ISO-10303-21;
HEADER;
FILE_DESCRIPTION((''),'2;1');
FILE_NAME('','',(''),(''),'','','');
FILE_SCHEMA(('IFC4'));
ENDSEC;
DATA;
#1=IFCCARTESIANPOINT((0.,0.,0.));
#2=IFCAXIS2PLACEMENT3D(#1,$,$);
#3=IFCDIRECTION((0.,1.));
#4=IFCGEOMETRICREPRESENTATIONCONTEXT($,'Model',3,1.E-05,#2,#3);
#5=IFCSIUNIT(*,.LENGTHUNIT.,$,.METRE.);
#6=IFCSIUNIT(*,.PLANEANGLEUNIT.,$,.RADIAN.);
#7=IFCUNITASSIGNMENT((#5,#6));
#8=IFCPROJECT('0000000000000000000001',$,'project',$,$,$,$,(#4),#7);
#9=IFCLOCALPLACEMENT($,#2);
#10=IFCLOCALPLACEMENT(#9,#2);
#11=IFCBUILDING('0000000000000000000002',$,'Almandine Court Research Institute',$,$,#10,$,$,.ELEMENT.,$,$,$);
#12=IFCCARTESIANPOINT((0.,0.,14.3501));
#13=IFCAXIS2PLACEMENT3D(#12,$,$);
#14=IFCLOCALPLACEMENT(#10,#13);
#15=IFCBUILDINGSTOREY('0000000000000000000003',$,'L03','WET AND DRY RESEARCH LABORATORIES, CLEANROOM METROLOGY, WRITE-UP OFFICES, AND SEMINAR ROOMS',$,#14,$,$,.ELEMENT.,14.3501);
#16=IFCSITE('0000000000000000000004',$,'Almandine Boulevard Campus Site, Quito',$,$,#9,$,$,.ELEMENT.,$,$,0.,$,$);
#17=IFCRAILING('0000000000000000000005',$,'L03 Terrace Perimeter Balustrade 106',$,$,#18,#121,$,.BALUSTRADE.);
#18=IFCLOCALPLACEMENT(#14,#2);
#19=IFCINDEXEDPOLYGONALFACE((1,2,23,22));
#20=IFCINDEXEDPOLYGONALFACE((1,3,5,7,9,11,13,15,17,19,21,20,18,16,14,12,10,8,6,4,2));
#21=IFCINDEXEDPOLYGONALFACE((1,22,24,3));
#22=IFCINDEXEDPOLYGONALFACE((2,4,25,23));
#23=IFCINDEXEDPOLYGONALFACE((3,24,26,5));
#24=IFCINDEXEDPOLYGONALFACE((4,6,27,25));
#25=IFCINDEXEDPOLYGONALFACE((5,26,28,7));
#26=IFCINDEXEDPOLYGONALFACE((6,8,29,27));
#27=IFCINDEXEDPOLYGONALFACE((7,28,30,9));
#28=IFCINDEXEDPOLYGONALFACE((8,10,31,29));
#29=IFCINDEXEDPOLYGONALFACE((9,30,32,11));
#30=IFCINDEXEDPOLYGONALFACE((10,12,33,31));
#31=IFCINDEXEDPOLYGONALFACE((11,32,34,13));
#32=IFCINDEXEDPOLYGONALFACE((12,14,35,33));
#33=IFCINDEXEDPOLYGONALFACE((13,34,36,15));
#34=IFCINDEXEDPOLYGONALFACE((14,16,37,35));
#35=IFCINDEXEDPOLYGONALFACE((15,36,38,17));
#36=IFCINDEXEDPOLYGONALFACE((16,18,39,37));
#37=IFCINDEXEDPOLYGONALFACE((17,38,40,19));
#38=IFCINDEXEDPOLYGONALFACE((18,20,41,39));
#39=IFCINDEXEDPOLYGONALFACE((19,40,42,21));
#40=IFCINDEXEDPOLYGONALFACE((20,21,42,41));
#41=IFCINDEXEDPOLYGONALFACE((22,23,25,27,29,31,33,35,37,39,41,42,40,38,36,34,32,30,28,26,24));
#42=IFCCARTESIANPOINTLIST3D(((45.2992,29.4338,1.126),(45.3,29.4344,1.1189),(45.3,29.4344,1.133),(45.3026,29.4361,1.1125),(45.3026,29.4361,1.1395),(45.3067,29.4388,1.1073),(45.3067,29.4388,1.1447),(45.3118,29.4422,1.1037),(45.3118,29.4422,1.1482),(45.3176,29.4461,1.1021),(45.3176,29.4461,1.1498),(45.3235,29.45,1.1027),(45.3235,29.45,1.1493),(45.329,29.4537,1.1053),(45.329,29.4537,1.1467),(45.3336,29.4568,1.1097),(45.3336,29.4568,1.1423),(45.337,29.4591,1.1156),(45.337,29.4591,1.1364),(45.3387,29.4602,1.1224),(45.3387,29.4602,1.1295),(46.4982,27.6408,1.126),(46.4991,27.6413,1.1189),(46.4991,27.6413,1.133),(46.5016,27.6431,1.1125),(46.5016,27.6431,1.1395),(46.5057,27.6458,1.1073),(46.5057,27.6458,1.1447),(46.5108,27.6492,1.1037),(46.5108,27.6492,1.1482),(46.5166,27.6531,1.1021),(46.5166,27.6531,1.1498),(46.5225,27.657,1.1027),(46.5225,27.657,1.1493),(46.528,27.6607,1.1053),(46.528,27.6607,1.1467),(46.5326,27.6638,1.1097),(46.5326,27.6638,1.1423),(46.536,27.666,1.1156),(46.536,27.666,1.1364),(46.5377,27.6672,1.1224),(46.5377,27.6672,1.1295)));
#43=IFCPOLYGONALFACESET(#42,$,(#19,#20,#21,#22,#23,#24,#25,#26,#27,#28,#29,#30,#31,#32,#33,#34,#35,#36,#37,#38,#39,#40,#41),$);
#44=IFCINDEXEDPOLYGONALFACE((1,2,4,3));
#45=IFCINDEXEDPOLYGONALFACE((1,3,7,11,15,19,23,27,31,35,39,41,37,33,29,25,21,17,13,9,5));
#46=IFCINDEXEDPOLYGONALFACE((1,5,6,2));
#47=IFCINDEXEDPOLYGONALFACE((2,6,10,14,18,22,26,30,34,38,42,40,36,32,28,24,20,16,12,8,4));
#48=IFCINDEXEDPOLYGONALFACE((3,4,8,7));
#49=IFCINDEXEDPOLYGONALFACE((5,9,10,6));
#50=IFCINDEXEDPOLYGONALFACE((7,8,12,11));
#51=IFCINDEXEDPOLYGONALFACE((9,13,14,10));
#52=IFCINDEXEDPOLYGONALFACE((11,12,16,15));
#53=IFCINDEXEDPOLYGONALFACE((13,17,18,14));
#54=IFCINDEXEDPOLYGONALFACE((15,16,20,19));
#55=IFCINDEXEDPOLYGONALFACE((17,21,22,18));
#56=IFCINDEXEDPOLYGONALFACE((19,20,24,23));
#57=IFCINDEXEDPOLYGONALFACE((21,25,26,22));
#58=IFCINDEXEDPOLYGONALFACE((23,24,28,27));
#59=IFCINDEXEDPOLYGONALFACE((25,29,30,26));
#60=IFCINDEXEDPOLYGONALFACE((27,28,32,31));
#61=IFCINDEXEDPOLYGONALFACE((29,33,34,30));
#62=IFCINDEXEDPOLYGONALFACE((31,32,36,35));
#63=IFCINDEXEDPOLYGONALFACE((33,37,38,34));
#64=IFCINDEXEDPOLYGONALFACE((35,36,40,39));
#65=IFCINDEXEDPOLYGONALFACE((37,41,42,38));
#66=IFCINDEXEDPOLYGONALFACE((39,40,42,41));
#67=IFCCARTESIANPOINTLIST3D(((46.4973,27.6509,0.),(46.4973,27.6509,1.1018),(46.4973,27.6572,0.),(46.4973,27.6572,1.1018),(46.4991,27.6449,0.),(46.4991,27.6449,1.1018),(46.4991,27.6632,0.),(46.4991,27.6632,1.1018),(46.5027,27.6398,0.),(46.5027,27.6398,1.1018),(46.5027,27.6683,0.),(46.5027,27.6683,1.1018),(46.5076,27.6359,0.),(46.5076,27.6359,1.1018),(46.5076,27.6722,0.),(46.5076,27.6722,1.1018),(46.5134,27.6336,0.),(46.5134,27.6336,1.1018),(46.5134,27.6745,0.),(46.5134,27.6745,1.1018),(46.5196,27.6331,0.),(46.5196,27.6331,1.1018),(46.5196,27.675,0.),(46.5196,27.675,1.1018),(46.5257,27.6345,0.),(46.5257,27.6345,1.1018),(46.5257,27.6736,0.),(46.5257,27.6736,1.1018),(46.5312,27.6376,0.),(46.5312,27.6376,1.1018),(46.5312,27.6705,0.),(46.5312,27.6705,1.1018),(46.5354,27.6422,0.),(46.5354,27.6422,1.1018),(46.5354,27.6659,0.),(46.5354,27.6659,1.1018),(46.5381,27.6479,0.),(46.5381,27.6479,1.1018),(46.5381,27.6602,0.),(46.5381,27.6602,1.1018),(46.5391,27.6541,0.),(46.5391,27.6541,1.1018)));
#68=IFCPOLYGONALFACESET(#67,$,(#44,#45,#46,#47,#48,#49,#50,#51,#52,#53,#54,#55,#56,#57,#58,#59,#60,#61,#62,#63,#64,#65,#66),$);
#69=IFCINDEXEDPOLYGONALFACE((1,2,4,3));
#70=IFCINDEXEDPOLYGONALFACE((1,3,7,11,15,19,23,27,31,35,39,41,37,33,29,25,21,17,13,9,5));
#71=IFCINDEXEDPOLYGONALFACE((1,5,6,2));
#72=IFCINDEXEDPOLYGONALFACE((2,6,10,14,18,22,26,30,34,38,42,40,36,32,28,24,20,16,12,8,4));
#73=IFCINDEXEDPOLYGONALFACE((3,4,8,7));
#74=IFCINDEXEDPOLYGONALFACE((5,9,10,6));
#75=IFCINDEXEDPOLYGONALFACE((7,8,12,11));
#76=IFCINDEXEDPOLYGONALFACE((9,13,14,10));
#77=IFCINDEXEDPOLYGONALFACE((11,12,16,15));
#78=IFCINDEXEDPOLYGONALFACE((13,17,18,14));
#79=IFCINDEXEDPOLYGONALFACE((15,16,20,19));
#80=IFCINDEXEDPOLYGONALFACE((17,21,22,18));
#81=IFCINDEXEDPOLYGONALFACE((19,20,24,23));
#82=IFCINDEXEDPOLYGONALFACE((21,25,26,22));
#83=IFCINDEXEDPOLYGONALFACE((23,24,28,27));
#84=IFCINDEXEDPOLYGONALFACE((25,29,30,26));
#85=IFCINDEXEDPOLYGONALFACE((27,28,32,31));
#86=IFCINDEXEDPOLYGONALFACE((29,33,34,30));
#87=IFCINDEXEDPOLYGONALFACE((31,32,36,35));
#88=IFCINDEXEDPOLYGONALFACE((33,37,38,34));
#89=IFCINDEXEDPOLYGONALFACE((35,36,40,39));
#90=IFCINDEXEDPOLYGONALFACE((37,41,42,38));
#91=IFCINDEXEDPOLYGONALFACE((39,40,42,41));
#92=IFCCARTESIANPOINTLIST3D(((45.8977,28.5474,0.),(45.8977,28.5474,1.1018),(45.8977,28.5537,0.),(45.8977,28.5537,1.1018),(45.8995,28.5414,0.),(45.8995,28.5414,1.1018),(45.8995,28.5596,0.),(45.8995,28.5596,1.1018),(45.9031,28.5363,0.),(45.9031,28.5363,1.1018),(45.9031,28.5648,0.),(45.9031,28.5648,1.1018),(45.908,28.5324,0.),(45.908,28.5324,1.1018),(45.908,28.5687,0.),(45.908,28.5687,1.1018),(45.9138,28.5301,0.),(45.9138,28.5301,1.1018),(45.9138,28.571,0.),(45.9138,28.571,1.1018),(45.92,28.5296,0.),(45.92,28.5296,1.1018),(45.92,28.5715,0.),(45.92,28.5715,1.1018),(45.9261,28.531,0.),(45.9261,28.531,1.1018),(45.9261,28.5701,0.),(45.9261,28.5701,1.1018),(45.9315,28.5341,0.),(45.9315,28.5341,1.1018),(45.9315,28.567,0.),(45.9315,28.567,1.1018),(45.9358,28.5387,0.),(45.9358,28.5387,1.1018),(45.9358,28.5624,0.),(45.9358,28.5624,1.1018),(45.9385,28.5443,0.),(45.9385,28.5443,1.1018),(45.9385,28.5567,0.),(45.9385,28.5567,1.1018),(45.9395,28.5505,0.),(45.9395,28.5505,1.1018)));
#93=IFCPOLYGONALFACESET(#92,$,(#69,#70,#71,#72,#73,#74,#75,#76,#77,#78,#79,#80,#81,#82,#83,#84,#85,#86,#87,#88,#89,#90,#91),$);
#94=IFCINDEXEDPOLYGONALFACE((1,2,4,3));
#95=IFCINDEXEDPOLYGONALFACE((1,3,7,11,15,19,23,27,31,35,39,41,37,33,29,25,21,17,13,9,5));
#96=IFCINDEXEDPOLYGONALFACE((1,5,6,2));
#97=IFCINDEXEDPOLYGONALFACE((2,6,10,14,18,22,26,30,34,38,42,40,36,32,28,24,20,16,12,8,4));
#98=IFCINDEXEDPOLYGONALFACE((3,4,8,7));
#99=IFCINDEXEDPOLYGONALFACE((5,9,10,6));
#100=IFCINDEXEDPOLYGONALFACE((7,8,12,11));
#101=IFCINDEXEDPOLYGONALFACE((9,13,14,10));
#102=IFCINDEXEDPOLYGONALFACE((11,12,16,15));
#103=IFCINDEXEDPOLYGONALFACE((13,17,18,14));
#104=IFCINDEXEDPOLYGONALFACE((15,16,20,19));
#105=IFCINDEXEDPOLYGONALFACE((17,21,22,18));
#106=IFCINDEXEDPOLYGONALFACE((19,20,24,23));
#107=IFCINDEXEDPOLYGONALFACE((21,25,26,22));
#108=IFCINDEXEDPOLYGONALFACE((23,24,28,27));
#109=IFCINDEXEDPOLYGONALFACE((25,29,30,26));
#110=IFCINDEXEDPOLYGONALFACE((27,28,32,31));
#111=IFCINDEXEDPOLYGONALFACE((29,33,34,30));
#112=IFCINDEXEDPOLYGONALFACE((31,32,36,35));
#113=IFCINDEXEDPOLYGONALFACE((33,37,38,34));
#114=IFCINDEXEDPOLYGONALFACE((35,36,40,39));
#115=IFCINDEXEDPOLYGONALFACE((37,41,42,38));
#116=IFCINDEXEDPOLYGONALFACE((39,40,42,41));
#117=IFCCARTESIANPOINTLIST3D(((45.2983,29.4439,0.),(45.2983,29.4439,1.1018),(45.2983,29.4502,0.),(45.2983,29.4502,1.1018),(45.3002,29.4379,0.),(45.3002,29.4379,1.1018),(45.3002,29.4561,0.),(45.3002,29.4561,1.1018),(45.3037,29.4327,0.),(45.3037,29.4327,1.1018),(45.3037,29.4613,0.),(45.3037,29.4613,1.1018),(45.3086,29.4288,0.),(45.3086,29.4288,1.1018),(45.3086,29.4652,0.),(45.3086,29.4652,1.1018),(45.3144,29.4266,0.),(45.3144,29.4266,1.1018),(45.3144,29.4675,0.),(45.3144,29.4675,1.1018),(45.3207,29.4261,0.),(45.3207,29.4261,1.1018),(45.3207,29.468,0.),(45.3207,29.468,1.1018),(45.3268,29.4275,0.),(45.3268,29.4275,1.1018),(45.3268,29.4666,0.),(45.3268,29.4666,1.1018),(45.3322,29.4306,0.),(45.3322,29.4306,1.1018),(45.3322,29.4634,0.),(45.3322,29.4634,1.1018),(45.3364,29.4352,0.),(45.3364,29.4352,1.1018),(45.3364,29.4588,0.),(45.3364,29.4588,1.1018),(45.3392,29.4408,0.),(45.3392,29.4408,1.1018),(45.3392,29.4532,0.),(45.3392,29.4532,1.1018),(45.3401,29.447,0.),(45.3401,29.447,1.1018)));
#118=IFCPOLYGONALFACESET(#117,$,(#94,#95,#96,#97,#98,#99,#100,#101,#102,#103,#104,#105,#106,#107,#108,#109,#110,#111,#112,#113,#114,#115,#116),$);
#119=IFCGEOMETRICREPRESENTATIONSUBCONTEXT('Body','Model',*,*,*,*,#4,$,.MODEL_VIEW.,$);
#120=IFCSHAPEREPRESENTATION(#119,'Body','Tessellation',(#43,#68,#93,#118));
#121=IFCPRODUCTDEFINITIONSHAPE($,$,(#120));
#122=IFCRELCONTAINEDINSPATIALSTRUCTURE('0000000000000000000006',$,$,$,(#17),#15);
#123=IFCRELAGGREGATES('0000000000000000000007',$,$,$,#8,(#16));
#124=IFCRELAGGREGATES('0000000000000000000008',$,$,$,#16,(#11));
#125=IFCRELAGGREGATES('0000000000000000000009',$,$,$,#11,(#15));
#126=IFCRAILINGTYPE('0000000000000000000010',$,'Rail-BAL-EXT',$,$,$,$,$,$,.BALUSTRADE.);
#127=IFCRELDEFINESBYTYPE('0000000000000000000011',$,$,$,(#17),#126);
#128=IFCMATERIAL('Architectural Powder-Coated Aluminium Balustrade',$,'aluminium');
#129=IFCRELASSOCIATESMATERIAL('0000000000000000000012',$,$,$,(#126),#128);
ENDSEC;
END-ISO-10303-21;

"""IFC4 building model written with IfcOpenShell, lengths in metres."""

from ifc_helpers import new_model, si_unit, direction, frame, origin, origin_2d, place, context, subcontext, project, spatial, circle, extrude, material, type_object, element, save


model = new_model("IFC4")

# Units and contexts
model_context = context("Model", 3, precision=1e-05, world=origin(), true_north=direction((0.0, 1.0)))
body_context = subcontext(model_context, "Body", "Model", "MODEL_VIEW")
ifc_project = project(units=[si_unit("LENGTHUNIT", "METRE"), si_unit("PLANEANGLEUNIT", "RADIAN")], contexts=[model_context])

# Site, building, storey
site_placement = place(None, origin())
site = spatial("IfcSite", under=ifc_project, at=site_placement, Name="Almandine Boulevard Campus Site, Quito", CompositionType="ELEMENT", RefElevation=0.0)
building_placement = place(site_placement, origin())
building = spatial("IfcBuilding", under=site, at=building_placement, Name="Almandine Court Research Institute", CompositionType="ELEMENT")
storey_placement = place(building_placement, frame((0.0, 0.0, 14.3501)))
storey = spatial("IfcBuildingStorey", under=building, at=storey_placement, Name="L03", Description="WET AND DRY RESEARCH LABORATORIES, CLEANROOM METROLOGY, WRITE-UP OFFICES, AND SEMINAR ROOMS", CompositionType="ELEMENT", Elevation=14.3501)

# Railing
ifc_material_1 = material(Name="Architectural Powder-Coated Aluminium Balustrade", Category="aluminium")
railing_type = type_object("IfcRailingType", Name="Rail-BAL-EXT", PredefinedType="BALUSTRADE", material=ifc_material_1)
railing_1_placement = place(storey_placement, frame((46.5181, 27.6541, 0.0)))
element("IfcRailing", 1, at=railing_1_placement, inside=storey, type_object=railing_type, Name="L03 Terrace Perimeter Balustrade 106", PredefinedType="BALUSTRADE", context=body_context, shape_type="SweptSolid", body=[
    extrude(circle(Radius=0.0239, at=origin_2d()), frame((0.0, 0.0, 1.126), z_axis=(-0.555875, 0.831266, 0.0), x_axis=(-0.831266, -0.555875, 0.0)), (0.0, 0.0, 1.0), 2.157),
    extrude(circle(Radius=0.021, at=origin_2d()), origin(), (0.0, 0.0, 1.0), 1.1018),
    extrude(circle(Radius=0.021, at=origin_2d()), frame((-0.5996, 0.8965, 0.0)), (0.0, 0.0, 1.0), 1.1018),
    extrude(circle(Radius=0.021, at=origin_2d()), frame((-1.199, 1.793, 0.0)), (0.0, 0.0, 1.0), 1.1018),
])

save(model, "model.ifc")
